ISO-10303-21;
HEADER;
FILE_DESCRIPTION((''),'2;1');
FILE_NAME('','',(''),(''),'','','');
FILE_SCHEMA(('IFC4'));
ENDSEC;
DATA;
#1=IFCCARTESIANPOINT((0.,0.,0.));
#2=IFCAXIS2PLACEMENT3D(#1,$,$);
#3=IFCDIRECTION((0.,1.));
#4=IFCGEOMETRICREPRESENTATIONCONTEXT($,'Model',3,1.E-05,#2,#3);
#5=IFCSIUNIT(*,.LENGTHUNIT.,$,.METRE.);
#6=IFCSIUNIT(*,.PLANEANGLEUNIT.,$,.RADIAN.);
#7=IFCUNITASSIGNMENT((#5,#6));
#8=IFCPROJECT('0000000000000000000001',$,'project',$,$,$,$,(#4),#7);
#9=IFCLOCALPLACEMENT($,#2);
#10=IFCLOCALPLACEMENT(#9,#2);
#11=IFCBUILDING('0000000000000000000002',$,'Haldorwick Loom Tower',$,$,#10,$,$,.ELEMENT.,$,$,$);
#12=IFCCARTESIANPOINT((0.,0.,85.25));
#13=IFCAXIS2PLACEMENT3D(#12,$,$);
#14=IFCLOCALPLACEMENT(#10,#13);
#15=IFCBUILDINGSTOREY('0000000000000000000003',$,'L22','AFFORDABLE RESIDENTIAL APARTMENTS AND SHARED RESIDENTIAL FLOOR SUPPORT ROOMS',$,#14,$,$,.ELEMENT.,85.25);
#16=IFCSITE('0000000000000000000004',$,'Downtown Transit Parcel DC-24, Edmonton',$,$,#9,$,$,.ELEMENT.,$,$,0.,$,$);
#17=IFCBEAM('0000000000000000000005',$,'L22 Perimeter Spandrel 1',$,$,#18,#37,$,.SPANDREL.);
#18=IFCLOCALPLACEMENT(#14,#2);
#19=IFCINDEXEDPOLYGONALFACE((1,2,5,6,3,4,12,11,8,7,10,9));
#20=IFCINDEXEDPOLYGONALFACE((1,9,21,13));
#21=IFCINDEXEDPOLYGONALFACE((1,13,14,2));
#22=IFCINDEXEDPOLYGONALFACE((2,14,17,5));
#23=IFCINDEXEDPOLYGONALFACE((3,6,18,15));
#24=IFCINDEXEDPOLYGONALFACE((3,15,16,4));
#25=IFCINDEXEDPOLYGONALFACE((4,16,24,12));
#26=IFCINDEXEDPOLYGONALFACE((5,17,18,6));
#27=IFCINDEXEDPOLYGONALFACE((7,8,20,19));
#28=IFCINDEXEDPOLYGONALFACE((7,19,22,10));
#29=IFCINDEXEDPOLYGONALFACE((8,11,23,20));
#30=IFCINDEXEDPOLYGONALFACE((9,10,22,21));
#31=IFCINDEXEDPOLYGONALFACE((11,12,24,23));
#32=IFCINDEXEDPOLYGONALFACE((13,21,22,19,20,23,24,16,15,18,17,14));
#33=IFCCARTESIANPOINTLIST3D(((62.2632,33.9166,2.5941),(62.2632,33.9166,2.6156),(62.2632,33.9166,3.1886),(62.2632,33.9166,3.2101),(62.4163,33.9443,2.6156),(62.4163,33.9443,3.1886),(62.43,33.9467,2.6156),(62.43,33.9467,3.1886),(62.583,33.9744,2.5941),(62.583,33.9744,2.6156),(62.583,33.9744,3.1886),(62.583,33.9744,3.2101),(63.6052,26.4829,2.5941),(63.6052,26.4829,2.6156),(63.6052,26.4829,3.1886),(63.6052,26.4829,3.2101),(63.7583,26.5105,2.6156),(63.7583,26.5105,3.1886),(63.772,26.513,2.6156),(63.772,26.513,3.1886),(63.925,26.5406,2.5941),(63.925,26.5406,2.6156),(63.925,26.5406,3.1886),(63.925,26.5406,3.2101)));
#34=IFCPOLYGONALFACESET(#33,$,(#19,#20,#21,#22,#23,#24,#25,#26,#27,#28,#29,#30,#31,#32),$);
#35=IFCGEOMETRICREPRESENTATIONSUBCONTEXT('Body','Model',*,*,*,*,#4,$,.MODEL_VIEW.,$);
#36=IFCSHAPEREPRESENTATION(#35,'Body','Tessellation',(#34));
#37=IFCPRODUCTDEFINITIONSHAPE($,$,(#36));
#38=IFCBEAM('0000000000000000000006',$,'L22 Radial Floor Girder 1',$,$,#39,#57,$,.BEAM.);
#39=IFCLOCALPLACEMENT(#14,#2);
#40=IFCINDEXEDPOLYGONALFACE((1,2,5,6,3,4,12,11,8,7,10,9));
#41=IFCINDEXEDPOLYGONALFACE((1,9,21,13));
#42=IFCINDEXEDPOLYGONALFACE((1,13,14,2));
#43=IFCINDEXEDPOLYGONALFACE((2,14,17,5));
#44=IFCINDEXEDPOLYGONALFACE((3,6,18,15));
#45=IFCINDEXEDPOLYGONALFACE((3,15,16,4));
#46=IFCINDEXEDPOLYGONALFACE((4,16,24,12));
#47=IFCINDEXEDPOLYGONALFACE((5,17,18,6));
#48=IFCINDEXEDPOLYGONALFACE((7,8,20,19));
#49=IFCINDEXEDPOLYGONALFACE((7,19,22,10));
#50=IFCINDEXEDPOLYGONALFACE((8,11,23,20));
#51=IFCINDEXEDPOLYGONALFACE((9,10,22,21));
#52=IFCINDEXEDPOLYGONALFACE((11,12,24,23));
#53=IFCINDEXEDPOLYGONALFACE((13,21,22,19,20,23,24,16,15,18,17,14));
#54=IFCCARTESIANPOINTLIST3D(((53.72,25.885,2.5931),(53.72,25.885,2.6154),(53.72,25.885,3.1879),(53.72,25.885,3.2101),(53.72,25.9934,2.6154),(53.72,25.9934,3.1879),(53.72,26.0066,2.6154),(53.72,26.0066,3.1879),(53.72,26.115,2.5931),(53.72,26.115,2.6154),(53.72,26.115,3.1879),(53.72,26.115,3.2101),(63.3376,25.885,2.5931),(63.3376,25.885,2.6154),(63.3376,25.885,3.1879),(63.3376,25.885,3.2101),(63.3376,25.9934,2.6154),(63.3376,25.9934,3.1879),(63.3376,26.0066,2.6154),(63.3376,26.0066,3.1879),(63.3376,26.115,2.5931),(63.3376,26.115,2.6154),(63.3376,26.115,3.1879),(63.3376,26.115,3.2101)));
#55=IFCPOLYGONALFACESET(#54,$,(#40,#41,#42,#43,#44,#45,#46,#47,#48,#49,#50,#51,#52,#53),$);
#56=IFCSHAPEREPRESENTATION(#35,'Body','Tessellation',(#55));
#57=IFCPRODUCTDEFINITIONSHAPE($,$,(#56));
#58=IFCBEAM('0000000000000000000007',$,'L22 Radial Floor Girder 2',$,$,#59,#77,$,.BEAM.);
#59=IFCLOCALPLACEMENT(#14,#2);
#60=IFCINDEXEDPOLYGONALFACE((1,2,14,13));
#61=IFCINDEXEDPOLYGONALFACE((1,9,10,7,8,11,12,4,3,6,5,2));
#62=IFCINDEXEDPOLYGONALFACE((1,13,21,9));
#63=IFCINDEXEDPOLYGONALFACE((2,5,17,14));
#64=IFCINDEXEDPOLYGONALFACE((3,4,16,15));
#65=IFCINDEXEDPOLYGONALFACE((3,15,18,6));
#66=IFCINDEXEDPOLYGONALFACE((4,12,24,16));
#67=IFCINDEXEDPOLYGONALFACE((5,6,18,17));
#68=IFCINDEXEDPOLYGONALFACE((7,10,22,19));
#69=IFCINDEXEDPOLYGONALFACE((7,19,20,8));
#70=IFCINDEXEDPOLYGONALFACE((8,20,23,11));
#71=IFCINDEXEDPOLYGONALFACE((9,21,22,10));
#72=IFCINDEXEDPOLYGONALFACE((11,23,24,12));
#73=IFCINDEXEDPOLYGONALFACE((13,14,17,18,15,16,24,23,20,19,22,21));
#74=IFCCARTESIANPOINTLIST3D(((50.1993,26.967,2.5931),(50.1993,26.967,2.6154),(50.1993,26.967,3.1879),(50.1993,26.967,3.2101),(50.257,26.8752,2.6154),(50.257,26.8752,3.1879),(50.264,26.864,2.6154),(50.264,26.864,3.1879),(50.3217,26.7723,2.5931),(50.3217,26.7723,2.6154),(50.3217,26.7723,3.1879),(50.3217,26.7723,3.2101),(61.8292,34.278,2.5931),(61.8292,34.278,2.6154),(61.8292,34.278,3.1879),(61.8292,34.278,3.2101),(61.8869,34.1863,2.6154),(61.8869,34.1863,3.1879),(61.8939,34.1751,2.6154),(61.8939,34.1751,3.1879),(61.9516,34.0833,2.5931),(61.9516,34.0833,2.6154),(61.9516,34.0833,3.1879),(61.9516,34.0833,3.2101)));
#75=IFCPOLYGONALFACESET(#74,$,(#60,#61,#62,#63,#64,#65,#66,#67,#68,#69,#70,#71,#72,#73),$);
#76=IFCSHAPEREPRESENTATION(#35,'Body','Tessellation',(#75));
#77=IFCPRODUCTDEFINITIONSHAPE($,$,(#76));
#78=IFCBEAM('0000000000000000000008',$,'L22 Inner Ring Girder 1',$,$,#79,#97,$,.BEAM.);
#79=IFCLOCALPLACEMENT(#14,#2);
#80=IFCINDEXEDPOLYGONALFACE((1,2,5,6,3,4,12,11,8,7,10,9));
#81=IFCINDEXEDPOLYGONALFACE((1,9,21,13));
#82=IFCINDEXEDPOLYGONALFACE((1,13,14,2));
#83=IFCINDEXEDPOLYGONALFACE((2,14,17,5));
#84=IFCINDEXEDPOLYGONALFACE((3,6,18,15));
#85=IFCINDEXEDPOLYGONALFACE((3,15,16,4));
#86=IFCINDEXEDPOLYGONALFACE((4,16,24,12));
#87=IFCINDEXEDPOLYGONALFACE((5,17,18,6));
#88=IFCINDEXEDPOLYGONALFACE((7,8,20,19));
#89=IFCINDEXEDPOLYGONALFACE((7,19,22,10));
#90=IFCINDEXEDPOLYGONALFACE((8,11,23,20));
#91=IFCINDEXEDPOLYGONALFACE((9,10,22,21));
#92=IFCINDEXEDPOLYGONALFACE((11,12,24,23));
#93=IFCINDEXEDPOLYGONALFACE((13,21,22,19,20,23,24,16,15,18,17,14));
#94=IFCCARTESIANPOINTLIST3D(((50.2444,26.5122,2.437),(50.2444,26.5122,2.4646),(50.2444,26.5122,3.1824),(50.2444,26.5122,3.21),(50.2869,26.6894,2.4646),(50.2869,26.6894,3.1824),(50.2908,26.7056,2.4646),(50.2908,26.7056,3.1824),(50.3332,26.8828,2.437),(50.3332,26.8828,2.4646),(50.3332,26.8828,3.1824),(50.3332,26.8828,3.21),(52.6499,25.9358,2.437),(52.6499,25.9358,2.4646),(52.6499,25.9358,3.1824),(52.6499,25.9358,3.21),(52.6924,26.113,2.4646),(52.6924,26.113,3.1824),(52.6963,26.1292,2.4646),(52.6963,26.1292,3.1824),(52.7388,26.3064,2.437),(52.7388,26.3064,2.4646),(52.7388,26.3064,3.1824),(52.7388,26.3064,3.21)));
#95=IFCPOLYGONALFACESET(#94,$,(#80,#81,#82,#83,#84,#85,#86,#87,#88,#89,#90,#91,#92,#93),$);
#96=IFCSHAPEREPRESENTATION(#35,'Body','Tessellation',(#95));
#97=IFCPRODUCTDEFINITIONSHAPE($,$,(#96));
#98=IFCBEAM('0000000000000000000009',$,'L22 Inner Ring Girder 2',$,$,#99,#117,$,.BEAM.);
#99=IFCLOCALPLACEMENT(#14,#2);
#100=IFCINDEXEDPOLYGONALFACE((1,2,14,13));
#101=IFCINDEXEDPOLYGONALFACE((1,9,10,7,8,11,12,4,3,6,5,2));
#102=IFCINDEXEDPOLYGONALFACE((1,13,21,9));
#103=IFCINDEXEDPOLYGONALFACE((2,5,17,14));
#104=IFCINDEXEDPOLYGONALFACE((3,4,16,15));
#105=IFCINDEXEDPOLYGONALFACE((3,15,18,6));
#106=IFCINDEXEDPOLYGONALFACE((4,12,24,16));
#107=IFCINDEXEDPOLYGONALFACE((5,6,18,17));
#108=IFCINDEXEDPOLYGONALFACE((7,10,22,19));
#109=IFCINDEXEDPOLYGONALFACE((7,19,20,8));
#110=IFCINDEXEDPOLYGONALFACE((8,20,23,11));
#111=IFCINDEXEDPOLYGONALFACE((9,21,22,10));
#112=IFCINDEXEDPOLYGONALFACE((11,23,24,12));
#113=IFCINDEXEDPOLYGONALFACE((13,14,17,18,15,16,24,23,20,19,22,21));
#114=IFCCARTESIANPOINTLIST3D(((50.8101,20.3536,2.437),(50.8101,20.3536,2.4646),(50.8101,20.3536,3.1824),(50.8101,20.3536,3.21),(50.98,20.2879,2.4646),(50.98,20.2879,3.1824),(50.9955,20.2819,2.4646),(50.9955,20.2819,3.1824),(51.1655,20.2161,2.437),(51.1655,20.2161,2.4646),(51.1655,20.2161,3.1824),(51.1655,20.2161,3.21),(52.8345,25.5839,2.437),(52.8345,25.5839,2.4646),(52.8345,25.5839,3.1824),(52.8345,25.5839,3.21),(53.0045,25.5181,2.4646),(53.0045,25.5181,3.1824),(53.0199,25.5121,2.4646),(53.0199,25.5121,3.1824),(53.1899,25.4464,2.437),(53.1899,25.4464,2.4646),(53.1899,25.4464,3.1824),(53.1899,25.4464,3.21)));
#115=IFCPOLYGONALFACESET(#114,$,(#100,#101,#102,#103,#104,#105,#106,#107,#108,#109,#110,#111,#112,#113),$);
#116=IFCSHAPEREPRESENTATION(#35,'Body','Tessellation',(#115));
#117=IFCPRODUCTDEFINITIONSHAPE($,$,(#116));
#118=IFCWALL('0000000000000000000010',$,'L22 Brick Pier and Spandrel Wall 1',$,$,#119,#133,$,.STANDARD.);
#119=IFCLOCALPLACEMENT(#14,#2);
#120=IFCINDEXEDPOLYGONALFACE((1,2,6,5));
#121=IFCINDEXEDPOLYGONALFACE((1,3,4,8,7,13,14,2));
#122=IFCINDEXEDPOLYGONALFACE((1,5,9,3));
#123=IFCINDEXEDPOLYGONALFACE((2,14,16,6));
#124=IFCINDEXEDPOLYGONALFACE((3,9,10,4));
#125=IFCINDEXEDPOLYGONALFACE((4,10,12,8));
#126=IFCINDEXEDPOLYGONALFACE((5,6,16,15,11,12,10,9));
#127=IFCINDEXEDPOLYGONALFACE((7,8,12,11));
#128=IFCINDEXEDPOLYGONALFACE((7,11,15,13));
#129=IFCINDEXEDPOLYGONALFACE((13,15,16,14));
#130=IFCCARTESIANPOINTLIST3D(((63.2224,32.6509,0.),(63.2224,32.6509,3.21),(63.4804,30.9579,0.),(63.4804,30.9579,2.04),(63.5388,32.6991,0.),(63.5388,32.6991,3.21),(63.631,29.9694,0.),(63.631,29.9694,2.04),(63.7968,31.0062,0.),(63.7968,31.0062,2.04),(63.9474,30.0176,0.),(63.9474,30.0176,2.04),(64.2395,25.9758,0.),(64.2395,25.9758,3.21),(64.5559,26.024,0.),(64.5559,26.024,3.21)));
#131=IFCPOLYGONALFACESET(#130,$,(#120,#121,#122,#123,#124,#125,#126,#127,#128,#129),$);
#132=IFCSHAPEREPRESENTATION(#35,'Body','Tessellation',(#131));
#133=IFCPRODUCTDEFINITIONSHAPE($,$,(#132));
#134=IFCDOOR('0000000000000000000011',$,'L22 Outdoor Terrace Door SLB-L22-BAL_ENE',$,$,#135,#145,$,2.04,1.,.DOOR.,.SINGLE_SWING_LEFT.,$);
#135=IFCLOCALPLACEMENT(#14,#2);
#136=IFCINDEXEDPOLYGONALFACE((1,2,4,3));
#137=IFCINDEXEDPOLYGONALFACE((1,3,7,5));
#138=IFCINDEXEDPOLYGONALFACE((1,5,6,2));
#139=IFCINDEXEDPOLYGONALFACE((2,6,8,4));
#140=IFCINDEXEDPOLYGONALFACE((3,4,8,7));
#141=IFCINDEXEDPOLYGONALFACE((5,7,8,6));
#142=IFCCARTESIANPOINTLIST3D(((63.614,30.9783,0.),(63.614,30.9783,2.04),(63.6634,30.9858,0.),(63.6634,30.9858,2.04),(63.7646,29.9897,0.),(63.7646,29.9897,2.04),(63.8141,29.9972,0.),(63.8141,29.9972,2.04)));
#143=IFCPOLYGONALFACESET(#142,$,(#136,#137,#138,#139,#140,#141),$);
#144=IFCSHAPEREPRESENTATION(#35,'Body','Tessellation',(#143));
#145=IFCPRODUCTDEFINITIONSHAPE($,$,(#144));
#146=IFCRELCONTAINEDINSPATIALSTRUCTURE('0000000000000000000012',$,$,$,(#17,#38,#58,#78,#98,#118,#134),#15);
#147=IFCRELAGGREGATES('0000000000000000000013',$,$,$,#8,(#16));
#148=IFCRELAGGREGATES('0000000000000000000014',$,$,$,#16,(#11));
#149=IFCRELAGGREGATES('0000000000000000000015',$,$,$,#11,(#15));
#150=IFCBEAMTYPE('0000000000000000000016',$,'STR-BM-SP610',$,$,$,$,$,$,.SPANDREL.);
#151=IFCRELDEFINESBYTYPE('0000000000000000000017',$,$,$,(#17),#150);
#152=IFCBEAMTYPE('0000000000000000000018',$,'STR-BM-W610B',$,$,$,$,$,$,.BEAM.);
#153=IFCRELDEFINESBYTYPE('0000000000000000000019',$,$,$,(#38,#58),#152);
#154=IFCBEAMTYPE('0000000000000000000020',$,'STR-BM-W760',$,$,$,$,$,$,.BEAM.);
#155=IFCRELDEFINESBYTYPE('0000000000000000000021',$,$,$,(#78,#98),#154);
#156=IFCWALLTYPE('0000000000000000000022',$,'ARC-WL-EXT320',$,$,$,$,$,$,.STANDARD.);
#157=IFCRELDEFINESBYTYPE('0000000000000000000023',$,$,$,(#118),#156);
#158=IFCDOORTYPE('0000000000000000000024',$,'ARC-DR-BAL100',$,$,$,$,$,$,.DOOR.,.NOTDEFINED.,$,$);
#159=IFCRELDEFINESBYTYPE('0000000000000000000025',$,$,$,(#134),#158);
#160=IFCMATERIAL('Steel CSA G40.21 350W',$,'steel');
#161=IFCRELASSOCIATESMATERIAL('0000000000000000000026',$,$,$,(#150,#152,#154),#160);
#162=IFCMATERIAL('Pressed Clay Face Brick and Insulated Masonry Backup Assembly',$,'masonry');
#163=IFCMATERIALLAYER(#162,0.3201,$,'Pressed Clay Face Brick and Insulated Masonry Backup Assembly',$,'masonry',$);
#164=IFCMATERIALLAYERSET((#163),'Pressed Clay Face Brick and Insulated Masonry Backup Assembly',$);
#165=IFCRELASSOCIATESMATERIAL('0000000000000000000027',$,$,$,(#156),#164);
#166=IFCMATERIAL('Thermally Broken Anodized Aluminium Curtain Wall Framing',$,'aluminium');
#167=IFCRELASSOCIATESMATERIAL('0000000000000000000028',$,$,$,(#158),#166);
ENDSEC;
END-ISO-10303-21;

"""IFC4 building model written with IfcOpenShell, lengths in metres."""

from ifc_helpers import new_model, si_unit, direction, frame, frame_2d, origin, origin_2d, place, context, subcontext, project, spatial, rectangle, i_section, extrude, material, layer, layer_set, material_profile, profile_set, type_object, element, fill, save


model = new_model("IFC4")

# Units and contexts
model_context = context("Model", 3, precision=1e-05, world=origin(), true_north=direction((0.0, 1.0)))
body_context = subcontext(model_context, "Body", "Model", "MODEL_VIEW")
ifc_project = project(units=[si_unit("LENGTHUNIT", "METRE"), si_unit("PLANEANGLEUNIT", "RADIAN")], contexts=[model_context])

# Site, building, storey
site_placement = place(None, origin())
site = spatial("IfcSite", under=ifc_project, at=site_placement, Name="Downtown Transit Parcel DC-24, Edmonton", CompositionType="ELEMENT", RefElevation=0.0)
building_placement = place(site_placement, origin())
building = spatial("IfcBuilding", under=site, at=building_placement, Name="Haldorwick Loom Tower", CompositionType="ELEMENT")
storey_placement = place(building_placement, frame((0.0, 0.0, 85.25)))
storey = spatial("IfcBuildingStorey", under=building, at=storey_placement, Name="L22", Description="AFFORDABLE RESIDENTIAL APARTMENTS AND SHARED RESIDENTIAL FLOOR SUPPORT ROOMS", CompositionType="ELEMENT", Elevation=85.25)

# Beams
ifc_material_1 = material(Name="Steel CSA G40.21 350W", Category="steel")
ifc_material_profile_1 = material_profile(ifc_material_1, i_section(OverallWidth=0.325, OverallDepth=0.616, WebThickness=0.0139, FlangeThickness=0.0215, at=origin_2d()), Name="W610X174", Category="steel")
ifc_profile_set_1 = profile_set([ifc_material_profile_1], Name="Steel CSA G40.21 350W")
beam_type_1 = type_object("IfcBeamType", Name="STR-BM-SP610", PredefinedType="SPANDREL", material=ifc_profile_set_1)
beam_1_placement = place(storey_placement, frame((63.7651, 26.5117, 2.9021), z_axis=(-0.177659, 0.984092, 0.0), x_axis=(-0.984092, -0.177659, 0.0)))
element("IfcBeam", 1, at=beam_1_placement, inside=storey, type_object=beam_type_1, Name="L22 Perimeter Spandrel 1", PredefinedType="SPANDREL", context=body_context, shape_type="SweptSolid", body=[
    extrude(i_section(OverallWidth=0.325, OverallDepth=0.616, WebThickness=0.0139, FlangeThickness=0.0215, at=origin_2d()), origin(), (0.0, 0.0, 1.0), 7.554),
])
ifc_material_profile_2 = material_profile(ifc_material_1, i_section(OverallWidth=0.23, OverallDepth=0.6169, WebThickness=0.0132, FlangeThickness=0.0222, at=origin_2d()), Name="W610X140", Category="steel")
ifc_profile_set_2 = profile_set([ifc_material_profile_2], Name="Steel CSA G40.21 350W")
beam_type_2 = type_object("IfcBeamType", Name="STR-BM-W610B", PredefinedType="BEAM", material=ifc_profile_set_2)
beam_2_placement = place(storey_placement, frame((53.72, 26.0, 2.9016), z_axis=(1.0, 0.0, 0.0), x_axis=(0.0, 1.0, 0.0)))
element("IfcBeam", 2, at=beam_2_placement, inside=storey, type_object=beam_type_2, Name="L22 Radial Floor Girder 1", PredefinedType="BEAM", context=body_context, shape_type="SweptSolid", body=[
    extrude(i_section(OverallWidth=0.23, OverallDepth=0.6169, WebThickness=0.0132, FlangeThickness=0.0222, at=origin_2d()), origin(), (0.0, 0.0, 1.0), 9.6177),
])
beam_3_placement = place(storey_placement, frame((50.2605, 26.8696, 2.9016), z_axis=(0.84661, 0.532214, 0.0), x_axis=(-0.532214, 0.84661, 0.0)))
element("IfcBeam", 3, at=beam_3_placement, inside=storey, type_object=beam_type_2, Name="L22 Radial Floor Girder 2", PredefinedType="BEAM", context=body_context, shape_type="SweptSolid", body=[
    extrude(i_section(OverallWidth=0.23, OverallDepth=0.6169, WebThickness=0.0132, FlangeThickness=0.0222, at=origin_2d()), origin(), (0.0, 0.0, 1.0), 13.7371),
])
ifc_material_profile_3 = material_profile(ifc_material_1, i_section(OverallWidth=0.3811, OverallDepth=0.7729, WebThickness=0.0166, FlangeThickness=0.0276, at=origin_2d()), Name="W760X257", Category="steel")
ifc_profile_set_3 = profile_set([ifc_material_profile_3], Name="Steel CSA G40.21 350W")
beam_type_3 = type_object("IfcBeamType", Name="STR-BM-W760", PredefinedType="BEAM", material=ifc_profile_set_3)
beam_4_placement = place(storey_placement, frame((50.2888, 26.6975, 2.8235), z_axis=(0.972471, -0.233026, 0.0), x_axis=(0.233026, 0.972471, 0.0)))
element("IfcBeam", 4, at=beam_4_placement, inside=storey, type_object=beam_type_3, Name="L22 Inner Ring Girder 1", PredefinedType="BEAM", context=body_context, shape_type="SweptSolid", body=[
    extrude(i_section(OverallWidth=0.3811, OverallDepth=0.7729, WebThickness=0.0166, FlangeThickness=0.0276, at=origin_2d()), origin(), (0.0, 0.0, 1.0), 2.4736),
])
beam_5_placement = place(storey_placement, frame((53.0122, 25.5151, 2.8235), z_axis=(-0.360965, -0.932579, 0.0), x_axis=(0.932579, -0.360965, 0.0)))
element("IfcBeam", 5, at=beam_5_placement, inside=storey, type_object=beam_type_3, Name="L22 Inner Ring Girder 2", PredefinedType="BEAM", context=body_context, shape_type="SweptSolid", body=[
    extrude(i_section(OverallWidth=0.3811, OverallDepth=0.7729, WebThickness=0.0166, FlangeThickness=0.0276, at=origin_2d()), origin(), (0.0, 0.0, 1.0), 5.6084),
])

# Wall, opening, door
ifc_material_2 = material(Name="Pressed Clay Face Brick and Insulated Masonry Backup Assembly", Category="masonry")
ifc_layer_1 = layer(ifc_material_2, 0.3201, Name="Pressed Clay Face Brick and Insulated Masonry Backup Assembly", Category="masonry")
ifc_layer_set_1 = layer_set([ifc_layer_1], Name="Pressed Clay Face Brick and Insulated Masonry Backup Assembly")
wall_type_1 = type_object("IfcWallType", Name="ARC-WL-EXT320", PredefinedType="STANDARD", material=ifc_layer_set_1)
wall_1_placement = place(storey_placement, frame((64.3977, 26.0, 0.0), z_axis=(0.0, 0.0, 1.0), x_axis=(-0.150633, 0.98859, 0.0)))
wall_1 = element("IfcWall", 6, at=wall_1_placement, inside=storey, type_object=wall_type_1, Name="L22 Brick Pier and Spandrel Wall 1", PredefinedType="STANDARD", context=body_context, shape_type="SweptSolid", body=[
    extrude(rectangle(XDim=6.7522, YDim=0.3201, at=frame_2d((3.376, 0.0))), origin(), (0.0, 0.0, 1.0), 3.21),
])
opening_1_placement = place(wall_1_placement, frame((4.0396, 0.0, 0.0)))
opening_1 = element("IfcOpeningElement", 7, at=opening_1_placement, cuts=wall_1, PredefinedType="OPENING", context=body_context, shape_type="SweptSolid", body=[
    extrude(rectangle(XDim=1.0, YDim=2.04, at=frame_2d((0.5, 1.02))), frame((0.0, 0.1699, 0.0), z_axis=(0.0, -1.0, 0.0), x_axis=(1.0, 0.0, 0.0)), (0.0, 0.0, 1.0), 0.3401),
])
ifc_material_3 = material(Name="Thermally Broken Anodized Aluminium Curtain Wall Framing", Category="aluminium")
door_type_1 = type_object("IfcDoorType", Name="ARC-DR-BAL100", OperationType="NOTDEFINED", PredefinedType="DOOR", material=ifc_material_3)
door_1_placement = place(opening_1_placement, origin())
door_1 = element("IfcDoor", 8, at=door_1_placement, inside=storey, type_object=door_type_1, Name="L22 Outdoor Terrace Door SLB-L22-BAL_ENE", OperationType="SINGLE_SWING_LEFT", OverallHeight=2.04, OverallWidth=1.0, PredefinedType="DOOR", context=body_context, shape_type="SweptSolid", body=[
    extrude(rectangle(XDim=1.0, YDim=2.04, at=frame_2d((0.5, 1.02))), frame((0.0, 0.0249, 0.0), z_axis=(0.0, -1.0, 0.0), x_axis=(1.0, 0.0, 0.0)), (0.0, 0.0, 1.0), 0.05),
])
fill(opening_1, door_1)

save(model, "model.ifc")
